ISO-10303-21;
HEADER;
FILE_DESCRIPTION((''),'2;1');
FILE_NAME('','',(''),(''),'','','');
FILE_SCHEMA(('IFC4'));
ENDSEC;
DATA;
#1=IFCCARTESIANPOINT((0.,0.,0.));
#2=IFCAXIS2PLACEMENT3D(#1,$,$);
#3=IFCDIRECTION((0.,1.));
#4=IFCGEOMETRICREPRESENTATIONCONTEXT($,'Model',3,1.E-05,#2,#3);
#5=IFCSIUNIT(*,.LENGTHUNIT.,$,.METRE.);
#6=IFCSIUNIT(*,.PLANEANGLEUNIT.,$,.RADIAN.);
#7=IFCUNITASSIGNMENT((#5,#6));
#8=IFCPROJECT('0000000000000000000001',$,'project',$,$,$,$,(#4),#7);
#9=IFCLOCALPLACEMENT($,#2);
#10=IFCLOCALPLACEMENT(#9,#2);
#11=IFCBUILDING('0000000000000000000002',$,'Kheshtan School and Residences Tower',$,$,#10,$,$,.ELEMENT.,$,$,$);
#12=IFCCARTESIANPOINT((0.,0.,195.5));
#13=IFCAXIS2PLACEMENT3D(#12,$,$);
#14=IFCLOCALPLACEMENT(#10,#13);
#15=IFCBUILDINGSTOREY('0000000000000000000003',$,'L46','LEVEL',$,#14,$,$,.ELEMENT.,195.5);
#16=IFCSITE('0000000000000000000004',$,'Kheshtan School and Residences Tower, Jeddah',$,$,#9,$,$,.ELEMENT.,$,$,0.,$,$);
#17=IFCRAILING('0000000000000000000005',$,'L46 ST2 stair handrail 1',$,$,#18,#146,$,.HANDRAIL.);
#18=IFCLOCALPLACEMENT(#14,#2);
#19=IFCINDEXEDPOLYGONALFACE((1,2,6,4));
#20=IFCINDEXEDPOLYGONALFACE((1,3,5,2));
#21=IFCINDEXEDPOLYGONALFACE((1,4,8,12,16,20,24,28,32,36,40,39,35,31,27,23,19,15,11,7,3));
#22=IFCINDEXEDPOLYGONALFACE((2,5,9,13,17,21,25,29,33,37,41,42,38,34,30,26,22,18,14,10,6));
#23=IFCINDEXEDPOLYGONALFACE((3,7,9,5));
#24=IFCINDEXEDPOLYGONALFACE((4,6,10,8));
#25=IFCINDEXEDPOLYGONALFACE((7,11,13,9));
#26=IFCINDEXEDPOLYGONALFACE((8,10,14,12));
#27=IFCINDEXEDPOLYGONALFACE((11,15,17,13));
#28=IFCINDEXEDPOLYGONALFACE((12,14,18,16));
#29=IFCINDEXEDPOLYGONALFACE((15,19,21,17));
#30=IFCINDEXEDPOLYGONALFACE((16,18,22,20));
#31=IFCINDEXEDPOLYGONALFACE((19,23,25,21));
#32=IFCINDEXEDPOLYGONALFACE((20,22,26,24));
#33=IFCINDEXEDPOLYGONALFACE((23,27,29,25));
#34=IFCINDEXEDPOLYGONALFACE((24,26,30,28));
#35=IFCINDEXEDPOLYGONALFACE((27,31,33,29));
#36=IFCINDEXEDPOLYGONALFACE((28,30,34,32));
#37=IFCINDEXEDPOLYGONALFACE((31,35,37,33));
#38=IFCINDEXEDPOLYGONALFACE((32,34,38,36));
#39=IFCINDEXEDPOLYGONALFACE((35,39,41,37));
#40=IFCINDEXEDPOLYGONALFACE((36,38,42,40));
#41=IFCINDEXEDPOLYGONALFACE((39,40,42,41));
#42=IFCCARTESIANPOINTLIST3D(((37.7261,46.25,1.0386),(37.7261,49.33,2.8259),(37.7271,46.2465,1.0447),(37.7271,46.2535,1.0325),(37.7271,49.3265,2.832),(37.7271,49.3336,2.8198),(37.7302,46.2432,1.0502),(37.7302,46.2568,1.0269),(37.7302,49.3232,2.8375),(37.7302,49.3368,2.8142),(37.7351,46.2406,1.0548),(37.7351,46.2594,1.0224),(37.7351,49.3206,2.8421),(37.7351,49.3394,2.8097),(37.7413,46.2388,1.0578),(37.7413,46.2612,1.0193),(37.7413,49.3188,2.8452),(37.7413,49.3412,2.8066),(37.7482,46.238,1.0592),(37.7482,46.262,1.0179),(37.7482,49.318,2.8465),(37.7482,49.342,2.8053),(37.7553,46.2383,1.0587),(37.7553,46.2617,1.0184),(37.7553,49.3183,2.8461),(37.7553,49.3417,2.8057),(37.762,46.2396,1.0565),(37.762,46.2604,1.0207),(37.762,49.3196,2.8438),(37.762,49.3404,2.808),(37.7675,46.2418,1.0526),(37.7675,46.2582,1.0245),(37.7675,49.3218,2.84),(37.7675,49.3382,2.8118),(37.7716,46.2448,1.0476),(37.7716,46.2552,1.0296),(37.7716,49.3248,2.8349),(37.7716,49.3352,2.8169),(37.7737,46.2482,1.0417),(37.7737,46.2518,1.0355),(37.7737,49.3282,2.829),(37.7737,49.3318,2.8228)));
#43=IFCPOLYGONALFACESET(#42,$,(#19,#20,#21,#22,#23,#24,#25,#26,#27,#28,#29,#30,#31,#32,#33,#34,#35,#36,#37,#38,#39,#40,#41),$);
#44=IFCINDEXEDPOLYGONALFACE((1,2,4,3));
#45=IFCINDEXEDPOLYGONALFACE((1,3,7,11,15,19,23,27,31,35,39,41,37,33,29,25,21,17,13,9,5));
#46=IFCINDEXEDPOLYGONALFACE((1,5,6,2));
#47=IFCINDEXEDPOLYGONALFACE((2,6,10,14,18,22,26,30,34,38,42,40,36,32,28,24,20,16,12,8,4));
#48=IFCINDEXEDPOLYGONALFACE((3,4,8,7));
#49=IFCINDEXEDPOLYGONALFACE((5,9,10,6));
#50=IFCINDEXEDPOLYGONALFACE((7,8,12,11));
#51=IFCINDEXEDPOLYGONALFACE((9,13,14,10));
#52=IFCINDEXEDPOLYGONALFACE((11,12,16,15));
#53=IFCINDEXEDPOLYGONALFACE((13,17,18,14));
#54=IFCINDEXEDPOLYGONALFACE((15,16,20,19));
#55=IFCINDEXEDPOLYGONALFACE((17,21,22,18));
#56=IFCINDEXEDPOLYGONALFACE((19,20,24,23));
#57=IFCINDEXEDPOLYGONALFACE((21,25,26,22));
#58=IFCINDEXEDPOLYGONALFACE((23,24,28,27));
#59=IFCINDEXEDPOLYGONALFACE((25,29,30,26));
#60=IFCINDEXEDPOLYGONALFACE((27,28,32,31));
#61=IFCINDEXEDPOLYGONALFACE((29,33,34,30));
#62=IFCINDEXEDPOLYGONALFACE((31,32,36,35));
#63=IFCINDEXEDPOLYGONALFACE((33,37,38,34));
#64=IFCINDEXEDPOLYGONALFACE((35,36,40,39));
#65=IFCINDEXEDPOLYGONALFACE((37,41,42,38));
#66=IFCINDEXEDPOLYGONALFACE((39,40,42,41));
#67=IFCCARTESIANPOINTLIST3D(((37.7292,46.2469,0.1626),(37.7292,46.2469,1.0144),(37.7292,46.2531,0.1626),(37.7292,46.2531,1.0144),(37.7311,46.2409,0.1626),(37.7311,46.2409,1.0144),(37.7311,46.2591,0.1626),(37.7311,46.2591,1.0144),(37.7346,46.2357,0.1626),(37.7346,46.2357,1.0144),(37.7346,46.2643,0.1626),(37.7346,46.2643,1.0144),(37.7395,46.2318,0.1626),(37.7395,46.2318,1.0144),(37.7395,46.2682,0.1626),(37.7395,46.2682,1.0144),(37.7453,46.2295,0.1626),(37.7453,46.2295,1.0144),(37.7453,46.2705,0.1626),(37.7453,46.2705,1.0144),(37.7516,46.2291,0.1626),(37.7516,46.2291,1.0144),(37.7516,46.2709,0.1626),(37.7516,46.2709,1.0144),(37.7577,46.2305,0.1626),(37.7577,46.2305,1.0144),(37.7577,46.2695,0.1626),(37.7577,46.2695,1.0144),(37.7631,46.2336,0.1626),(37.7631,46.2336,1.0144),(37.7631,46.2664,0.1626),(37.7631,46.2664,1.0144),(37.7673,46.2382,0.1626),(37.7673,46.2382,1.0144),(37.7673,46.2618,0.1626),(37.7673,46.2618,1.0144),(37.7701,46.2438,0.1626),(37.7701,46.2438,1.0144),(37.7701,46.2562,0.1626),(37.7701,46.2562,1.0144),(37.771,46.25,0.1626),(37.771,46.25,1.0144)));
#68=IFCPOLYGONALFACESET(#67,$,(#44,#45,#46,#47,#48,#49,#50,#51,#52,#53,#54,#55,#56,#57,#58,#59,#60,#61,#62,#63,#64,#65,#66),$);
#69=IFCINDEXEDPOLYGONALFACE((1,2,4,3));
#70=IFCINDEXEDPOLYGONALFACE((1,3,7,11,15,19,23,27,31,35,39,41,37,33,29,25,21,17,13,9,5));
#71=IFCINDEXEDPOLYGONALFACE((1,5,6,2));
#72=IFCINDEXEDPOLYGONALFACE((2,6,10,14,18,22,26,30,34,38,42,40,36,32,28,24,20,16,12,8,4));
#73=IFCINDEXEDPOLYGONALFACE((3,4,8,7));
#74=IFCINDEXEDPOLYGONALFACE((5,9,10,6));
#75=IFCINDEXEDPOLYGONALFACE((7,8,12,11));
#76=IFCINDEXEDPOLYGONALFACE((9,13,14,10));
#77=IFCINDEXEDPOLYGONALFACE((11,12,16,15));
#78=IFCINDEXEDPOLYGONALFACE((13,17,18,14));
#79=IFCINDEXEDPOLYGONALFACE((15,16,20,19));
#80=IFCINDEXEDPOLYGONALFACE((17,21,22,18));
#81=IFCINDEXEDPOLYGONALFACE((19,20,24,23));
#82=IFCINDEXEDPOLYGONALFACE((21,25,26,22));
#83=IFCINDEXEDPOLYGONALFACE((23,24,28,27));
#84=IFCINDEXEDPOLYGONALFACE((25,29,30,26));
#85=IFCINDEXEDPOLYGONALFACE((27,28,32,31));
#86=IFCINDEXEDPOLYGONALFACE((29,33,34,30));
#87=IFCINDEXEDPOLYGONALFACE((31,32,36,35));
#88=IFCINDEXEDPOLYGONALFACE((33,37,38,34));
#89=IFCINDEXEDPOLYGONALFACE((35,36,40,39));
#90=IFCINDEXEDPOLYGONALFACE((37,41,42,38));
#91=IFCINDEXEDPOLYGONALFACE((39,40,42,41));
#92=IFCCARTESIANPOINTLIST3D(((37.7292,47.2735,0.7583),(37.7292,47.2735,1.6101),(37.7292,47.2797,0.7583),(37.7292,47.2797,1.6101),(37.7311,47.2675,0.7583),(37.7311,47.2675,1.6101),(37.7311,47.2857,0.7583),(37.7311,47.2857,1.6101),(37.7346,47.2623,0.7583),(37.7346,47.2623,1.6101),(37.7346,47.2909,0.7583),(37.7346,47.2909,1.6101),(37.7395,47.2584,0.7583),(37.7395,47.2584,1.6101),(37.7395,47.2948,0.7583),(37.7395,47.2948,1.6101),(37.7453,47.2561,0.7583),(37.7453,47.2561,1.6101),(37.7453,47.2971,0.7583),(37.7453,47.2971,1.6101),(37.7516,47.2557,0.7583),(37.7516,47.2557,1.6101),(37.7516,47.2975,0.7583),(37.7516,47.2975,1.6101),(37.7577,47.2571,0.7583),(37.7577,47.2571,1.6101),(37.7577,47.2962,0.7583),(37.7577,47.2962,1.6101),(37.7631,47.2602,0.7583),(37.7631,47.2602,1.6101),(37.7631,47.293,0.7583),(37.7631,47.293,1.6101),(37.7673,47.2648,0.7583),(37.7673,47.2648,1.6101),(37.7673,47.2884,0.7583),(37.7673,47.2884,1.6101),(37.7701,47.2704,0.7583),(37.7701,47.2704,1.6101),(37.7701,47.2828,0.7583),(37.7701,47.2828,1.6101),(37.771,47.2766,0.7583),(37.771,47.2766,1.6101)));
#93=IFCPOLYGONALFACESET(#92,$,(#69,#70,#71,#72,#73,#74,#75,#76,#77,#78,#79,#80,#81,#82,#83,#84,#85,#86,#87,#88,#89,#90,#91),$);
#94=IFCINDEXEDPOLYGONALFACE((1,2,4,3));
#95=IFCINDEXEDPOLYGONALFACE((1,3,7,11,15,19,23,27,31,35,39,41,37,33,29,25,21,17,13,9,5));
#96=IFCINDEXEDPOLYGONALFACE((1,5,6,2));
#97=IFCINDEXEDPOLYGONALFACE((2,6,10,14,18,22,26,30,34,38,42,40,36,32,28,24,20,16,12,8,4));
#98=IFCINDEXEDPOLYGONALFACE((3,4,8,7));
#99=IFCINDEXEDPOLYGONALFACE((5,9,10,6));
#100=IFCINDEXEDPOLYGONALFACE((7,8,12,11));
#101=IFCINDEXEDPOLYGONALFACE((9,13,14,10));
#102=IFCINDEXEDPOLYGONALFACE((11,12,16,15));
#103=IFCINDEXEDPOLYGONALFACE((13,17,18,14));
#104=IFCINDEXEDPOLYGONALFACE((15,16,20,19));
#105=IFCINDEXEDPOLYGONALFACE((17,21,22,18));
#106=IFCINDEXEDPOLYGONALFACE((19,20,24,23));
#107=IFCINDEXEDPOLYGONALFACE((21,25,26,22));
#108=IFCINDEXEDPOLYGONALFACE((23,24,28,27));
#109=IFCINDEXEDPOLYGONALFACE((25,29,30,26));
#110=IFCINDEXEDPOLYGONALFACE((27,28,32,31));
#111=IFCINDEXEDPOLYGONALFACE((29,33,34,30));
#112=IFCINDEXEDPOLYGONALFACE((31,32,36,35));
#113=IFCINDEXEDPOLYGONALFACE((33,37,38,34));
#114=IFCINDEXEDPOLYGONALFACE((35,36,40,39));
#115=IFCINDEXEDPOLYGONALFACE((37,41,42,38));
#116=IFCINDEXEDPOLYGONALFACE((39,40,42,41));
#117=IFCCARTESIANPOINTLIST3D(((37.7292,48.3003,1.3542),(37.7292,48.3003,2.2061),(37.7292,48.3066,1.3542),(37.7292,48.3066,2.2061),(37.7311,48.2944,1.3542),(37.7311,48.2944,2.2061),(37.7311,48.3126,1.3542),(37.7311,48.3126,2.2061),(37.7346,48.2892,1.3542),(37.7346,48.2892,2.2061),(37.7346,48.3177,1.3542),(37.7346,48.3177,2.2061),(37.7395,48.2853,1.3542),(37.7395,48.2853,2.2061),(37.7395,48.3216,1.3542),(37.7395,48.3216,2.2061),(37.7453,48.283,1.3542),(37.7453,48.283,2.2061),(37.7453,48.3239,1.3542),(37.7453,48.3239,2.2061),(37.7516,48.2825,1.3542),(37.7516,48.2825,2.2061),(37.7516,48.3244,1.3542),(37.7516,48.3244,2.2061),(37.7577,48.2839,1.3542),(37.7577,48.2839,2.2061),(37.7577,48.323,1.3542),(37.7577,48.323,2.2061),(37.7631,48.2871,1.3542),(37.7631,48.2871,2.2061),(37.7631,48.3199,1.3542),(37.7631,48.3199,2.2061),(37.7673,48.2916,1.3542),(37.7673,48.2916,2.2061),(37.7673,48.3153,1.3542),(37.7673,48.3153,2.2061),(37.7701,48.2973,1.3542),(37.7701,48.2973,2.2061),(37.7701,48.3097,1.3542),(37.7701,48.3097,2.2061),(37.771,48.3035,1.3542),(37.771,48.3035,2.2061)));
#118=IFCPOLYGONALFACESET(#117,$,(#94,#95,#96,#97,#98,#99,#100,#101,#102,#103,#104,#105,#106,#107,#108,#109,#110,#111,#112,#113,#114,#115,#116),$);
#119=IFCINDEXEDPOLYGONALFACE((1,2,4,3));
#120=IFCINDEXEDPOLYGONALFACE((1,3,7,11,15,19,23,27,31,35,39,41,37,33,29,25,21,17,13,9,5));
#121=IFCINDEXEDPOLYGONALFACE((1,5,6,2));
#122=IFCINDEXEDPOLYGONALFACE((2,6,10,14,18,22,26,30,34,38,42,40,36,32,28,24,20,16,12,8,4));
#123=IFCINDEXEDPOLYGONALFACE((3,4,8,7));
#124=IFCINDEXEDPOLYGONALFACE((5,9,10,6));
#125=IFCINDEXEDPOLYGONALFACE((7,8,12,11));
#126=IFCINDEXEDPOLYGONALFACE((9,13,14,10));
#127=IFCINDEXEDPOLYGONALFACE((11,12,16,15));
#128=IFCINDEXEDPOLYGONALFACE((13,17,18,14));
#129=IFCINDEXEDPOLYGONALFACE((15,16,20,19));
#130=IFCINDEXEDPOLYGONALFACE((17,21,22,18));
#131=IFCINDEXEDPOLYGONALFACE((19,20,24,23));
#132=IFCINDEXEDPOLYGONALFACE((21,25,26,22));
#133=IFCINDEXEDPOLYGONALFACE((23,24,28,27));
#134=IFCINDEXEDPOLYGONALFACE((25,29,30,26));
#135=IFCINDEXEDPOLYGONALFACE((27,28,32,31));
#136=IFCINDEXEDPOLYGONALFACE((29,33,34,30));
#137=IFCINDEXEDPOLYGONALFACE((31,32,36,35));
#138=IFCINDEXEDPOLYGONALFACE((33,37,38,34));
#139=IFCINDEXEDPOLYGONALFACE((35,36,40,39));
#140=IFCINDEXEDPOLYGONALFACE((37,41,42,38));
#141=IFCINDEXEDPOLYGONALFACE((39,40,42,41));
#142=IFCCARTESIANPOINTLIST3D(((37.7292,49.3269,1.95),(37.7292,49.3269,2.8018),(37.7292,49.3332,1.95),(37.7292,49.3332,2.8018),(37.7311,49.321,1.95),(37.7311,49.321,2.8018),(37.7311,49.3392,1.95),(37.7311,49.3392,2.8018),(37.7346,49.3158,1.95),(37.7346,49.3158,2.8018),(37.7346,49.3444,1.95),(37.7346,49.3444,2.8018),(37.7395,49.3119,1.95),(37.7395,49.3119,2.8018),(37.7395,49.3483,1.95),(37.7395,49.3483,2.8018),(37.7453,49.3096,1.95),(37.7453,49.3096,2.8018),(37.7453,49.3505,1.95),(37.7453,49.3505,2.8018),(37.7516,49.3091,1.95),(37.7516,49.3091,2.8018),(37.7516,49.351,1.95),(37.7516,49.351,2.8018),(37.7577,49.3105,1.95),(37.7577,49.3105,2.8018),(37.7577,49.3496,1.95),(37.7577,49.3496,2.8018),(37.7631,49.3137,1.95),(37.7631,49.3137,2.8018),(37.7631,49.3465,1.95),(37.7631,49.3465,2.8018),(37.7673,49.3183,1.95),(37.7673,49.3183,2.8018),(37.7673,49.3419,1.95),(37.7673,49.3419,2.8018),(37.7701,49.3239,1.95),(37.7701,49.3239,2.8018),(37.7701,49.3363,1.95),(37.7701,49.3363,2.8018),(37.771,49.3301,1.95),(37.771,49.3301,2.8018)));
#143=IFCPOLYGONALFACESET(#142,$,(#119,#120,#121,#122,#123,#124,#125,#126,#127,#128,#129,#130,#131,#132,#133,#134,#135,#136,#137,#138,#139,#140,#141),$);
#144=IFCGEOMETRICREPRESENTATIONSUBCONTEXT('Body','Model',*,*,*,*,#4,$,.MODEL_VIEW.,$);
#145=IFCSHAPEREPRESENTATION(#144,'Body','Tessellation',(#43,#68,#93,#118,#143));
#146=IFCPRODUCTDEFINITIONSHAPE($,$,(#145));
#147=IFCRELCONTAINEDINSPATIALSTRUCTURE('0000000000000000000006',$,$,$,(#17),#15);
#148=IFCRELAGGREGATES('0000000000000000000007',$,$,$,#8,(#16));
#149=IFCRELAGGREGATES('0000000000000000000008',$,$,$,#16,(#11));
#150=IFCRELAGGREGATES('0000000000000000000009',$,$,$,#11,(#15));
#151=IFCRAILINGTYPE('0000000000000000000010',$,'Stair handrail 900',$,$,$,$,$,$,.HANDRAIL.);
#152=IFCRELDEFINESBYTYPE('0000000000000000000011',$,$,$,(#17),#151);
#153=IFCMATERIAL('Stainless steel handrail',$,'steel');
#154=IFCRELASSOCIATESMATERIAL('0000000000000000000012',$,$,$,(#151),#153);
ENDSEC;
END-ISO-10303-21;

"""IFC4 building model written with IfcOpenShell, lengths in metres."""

from ifc_helpers import new_model, si_unit, direction, frame, origin, origin_2d, place, context, subcontext, project, spatial, circle, extrude, material, type_object, element, save


model = new_model("IFC4")

# Units and contexts
model_context = context("Model", 3, precision=1e-05, world=origin(), true_north=direction((0.0, 1.0)))
body_context = subcontext(model_context, "Body", "Model", "MODEL_VIEW")
ifc_project = project(units=[si_unit("LENGTHUNIT", "METRE"), si_unit("PLANEANGLEUNIT", "RADIAN")], contexts=[model_context])

# Site, building, storey
site_placement = place(None, origin())
site = spatial("IfcSite", under=ifc_project, at=site_placement, Name="Kheshtan School and Residences Tower, Jeddah", CompositionType="ELEMENT", RefElevation=0.0)
building_placement = place(site_placement, origin())
building = spatial("IfcBuilding", under=site, at=building_placement, Name="Kheshtan School and Residences Tower", CompositionType="ELEMENT")
storey_placement = place(building_placement, frame((0.0, 0.0, 195.5)))
storey = spatial("IfcBuildingStorey", under=building, at=storey_placement, Name="L46", Description="LEVEL", CompositionType="ELEMENT", Elevation=195.5)

# Railing
ifc_material_1 = material(Name="Stainless steel handrail", Category="steel")
railing_type = type_object("IfcRailingType", Name="Stair handrail 900", PredefinedType="HANDRAIL", material=ifc_material_1)
railing_placement = place(storey_placement, frame((37.75, 46.25, 0.1626)))
element("IfcRailing", 1, at=railing_placement, inside=storey, type_object=railing_type, Name="L46 ST2 stair handrail 1", PredefinedType="HANDRAIL", context=body_context, shape_type="SweptSolid", body=[
    extrude(circle(Radius=0.0239, at=origin_2d()), frame((0.0, 0.0, 0.876), z_axis=(0.0, 0.86492, 0.501909), x_axis=(-1.0, 0.0, 0.0)), (0.0, 0.0, 1.0), 3.561),
    extrude(circle(Radius=0.021, at=origin_2d()), origin(), (0.0, 0.0, 1.0), 0.8518),
    extrude(circle(Radius=0.021, at=origin_2d()), frame((0.0, 1.0266, 0.5957)), (0.0, 0.0, 1.0), 0.8518),
    extrude(circle(Radius=0.021, at=origin_2d()), frame((0.0, 2.0535, 1.1917)), (0.0, 0.0, 1.0), 0.8518),
    extrude(circle(Radius=0.021, at=origin_2d()), frame((0.0, 3.0801, 1.7874)), (0.0, 0.0, 1.0), 0.8518),
])

save(model, "model.ifc")
